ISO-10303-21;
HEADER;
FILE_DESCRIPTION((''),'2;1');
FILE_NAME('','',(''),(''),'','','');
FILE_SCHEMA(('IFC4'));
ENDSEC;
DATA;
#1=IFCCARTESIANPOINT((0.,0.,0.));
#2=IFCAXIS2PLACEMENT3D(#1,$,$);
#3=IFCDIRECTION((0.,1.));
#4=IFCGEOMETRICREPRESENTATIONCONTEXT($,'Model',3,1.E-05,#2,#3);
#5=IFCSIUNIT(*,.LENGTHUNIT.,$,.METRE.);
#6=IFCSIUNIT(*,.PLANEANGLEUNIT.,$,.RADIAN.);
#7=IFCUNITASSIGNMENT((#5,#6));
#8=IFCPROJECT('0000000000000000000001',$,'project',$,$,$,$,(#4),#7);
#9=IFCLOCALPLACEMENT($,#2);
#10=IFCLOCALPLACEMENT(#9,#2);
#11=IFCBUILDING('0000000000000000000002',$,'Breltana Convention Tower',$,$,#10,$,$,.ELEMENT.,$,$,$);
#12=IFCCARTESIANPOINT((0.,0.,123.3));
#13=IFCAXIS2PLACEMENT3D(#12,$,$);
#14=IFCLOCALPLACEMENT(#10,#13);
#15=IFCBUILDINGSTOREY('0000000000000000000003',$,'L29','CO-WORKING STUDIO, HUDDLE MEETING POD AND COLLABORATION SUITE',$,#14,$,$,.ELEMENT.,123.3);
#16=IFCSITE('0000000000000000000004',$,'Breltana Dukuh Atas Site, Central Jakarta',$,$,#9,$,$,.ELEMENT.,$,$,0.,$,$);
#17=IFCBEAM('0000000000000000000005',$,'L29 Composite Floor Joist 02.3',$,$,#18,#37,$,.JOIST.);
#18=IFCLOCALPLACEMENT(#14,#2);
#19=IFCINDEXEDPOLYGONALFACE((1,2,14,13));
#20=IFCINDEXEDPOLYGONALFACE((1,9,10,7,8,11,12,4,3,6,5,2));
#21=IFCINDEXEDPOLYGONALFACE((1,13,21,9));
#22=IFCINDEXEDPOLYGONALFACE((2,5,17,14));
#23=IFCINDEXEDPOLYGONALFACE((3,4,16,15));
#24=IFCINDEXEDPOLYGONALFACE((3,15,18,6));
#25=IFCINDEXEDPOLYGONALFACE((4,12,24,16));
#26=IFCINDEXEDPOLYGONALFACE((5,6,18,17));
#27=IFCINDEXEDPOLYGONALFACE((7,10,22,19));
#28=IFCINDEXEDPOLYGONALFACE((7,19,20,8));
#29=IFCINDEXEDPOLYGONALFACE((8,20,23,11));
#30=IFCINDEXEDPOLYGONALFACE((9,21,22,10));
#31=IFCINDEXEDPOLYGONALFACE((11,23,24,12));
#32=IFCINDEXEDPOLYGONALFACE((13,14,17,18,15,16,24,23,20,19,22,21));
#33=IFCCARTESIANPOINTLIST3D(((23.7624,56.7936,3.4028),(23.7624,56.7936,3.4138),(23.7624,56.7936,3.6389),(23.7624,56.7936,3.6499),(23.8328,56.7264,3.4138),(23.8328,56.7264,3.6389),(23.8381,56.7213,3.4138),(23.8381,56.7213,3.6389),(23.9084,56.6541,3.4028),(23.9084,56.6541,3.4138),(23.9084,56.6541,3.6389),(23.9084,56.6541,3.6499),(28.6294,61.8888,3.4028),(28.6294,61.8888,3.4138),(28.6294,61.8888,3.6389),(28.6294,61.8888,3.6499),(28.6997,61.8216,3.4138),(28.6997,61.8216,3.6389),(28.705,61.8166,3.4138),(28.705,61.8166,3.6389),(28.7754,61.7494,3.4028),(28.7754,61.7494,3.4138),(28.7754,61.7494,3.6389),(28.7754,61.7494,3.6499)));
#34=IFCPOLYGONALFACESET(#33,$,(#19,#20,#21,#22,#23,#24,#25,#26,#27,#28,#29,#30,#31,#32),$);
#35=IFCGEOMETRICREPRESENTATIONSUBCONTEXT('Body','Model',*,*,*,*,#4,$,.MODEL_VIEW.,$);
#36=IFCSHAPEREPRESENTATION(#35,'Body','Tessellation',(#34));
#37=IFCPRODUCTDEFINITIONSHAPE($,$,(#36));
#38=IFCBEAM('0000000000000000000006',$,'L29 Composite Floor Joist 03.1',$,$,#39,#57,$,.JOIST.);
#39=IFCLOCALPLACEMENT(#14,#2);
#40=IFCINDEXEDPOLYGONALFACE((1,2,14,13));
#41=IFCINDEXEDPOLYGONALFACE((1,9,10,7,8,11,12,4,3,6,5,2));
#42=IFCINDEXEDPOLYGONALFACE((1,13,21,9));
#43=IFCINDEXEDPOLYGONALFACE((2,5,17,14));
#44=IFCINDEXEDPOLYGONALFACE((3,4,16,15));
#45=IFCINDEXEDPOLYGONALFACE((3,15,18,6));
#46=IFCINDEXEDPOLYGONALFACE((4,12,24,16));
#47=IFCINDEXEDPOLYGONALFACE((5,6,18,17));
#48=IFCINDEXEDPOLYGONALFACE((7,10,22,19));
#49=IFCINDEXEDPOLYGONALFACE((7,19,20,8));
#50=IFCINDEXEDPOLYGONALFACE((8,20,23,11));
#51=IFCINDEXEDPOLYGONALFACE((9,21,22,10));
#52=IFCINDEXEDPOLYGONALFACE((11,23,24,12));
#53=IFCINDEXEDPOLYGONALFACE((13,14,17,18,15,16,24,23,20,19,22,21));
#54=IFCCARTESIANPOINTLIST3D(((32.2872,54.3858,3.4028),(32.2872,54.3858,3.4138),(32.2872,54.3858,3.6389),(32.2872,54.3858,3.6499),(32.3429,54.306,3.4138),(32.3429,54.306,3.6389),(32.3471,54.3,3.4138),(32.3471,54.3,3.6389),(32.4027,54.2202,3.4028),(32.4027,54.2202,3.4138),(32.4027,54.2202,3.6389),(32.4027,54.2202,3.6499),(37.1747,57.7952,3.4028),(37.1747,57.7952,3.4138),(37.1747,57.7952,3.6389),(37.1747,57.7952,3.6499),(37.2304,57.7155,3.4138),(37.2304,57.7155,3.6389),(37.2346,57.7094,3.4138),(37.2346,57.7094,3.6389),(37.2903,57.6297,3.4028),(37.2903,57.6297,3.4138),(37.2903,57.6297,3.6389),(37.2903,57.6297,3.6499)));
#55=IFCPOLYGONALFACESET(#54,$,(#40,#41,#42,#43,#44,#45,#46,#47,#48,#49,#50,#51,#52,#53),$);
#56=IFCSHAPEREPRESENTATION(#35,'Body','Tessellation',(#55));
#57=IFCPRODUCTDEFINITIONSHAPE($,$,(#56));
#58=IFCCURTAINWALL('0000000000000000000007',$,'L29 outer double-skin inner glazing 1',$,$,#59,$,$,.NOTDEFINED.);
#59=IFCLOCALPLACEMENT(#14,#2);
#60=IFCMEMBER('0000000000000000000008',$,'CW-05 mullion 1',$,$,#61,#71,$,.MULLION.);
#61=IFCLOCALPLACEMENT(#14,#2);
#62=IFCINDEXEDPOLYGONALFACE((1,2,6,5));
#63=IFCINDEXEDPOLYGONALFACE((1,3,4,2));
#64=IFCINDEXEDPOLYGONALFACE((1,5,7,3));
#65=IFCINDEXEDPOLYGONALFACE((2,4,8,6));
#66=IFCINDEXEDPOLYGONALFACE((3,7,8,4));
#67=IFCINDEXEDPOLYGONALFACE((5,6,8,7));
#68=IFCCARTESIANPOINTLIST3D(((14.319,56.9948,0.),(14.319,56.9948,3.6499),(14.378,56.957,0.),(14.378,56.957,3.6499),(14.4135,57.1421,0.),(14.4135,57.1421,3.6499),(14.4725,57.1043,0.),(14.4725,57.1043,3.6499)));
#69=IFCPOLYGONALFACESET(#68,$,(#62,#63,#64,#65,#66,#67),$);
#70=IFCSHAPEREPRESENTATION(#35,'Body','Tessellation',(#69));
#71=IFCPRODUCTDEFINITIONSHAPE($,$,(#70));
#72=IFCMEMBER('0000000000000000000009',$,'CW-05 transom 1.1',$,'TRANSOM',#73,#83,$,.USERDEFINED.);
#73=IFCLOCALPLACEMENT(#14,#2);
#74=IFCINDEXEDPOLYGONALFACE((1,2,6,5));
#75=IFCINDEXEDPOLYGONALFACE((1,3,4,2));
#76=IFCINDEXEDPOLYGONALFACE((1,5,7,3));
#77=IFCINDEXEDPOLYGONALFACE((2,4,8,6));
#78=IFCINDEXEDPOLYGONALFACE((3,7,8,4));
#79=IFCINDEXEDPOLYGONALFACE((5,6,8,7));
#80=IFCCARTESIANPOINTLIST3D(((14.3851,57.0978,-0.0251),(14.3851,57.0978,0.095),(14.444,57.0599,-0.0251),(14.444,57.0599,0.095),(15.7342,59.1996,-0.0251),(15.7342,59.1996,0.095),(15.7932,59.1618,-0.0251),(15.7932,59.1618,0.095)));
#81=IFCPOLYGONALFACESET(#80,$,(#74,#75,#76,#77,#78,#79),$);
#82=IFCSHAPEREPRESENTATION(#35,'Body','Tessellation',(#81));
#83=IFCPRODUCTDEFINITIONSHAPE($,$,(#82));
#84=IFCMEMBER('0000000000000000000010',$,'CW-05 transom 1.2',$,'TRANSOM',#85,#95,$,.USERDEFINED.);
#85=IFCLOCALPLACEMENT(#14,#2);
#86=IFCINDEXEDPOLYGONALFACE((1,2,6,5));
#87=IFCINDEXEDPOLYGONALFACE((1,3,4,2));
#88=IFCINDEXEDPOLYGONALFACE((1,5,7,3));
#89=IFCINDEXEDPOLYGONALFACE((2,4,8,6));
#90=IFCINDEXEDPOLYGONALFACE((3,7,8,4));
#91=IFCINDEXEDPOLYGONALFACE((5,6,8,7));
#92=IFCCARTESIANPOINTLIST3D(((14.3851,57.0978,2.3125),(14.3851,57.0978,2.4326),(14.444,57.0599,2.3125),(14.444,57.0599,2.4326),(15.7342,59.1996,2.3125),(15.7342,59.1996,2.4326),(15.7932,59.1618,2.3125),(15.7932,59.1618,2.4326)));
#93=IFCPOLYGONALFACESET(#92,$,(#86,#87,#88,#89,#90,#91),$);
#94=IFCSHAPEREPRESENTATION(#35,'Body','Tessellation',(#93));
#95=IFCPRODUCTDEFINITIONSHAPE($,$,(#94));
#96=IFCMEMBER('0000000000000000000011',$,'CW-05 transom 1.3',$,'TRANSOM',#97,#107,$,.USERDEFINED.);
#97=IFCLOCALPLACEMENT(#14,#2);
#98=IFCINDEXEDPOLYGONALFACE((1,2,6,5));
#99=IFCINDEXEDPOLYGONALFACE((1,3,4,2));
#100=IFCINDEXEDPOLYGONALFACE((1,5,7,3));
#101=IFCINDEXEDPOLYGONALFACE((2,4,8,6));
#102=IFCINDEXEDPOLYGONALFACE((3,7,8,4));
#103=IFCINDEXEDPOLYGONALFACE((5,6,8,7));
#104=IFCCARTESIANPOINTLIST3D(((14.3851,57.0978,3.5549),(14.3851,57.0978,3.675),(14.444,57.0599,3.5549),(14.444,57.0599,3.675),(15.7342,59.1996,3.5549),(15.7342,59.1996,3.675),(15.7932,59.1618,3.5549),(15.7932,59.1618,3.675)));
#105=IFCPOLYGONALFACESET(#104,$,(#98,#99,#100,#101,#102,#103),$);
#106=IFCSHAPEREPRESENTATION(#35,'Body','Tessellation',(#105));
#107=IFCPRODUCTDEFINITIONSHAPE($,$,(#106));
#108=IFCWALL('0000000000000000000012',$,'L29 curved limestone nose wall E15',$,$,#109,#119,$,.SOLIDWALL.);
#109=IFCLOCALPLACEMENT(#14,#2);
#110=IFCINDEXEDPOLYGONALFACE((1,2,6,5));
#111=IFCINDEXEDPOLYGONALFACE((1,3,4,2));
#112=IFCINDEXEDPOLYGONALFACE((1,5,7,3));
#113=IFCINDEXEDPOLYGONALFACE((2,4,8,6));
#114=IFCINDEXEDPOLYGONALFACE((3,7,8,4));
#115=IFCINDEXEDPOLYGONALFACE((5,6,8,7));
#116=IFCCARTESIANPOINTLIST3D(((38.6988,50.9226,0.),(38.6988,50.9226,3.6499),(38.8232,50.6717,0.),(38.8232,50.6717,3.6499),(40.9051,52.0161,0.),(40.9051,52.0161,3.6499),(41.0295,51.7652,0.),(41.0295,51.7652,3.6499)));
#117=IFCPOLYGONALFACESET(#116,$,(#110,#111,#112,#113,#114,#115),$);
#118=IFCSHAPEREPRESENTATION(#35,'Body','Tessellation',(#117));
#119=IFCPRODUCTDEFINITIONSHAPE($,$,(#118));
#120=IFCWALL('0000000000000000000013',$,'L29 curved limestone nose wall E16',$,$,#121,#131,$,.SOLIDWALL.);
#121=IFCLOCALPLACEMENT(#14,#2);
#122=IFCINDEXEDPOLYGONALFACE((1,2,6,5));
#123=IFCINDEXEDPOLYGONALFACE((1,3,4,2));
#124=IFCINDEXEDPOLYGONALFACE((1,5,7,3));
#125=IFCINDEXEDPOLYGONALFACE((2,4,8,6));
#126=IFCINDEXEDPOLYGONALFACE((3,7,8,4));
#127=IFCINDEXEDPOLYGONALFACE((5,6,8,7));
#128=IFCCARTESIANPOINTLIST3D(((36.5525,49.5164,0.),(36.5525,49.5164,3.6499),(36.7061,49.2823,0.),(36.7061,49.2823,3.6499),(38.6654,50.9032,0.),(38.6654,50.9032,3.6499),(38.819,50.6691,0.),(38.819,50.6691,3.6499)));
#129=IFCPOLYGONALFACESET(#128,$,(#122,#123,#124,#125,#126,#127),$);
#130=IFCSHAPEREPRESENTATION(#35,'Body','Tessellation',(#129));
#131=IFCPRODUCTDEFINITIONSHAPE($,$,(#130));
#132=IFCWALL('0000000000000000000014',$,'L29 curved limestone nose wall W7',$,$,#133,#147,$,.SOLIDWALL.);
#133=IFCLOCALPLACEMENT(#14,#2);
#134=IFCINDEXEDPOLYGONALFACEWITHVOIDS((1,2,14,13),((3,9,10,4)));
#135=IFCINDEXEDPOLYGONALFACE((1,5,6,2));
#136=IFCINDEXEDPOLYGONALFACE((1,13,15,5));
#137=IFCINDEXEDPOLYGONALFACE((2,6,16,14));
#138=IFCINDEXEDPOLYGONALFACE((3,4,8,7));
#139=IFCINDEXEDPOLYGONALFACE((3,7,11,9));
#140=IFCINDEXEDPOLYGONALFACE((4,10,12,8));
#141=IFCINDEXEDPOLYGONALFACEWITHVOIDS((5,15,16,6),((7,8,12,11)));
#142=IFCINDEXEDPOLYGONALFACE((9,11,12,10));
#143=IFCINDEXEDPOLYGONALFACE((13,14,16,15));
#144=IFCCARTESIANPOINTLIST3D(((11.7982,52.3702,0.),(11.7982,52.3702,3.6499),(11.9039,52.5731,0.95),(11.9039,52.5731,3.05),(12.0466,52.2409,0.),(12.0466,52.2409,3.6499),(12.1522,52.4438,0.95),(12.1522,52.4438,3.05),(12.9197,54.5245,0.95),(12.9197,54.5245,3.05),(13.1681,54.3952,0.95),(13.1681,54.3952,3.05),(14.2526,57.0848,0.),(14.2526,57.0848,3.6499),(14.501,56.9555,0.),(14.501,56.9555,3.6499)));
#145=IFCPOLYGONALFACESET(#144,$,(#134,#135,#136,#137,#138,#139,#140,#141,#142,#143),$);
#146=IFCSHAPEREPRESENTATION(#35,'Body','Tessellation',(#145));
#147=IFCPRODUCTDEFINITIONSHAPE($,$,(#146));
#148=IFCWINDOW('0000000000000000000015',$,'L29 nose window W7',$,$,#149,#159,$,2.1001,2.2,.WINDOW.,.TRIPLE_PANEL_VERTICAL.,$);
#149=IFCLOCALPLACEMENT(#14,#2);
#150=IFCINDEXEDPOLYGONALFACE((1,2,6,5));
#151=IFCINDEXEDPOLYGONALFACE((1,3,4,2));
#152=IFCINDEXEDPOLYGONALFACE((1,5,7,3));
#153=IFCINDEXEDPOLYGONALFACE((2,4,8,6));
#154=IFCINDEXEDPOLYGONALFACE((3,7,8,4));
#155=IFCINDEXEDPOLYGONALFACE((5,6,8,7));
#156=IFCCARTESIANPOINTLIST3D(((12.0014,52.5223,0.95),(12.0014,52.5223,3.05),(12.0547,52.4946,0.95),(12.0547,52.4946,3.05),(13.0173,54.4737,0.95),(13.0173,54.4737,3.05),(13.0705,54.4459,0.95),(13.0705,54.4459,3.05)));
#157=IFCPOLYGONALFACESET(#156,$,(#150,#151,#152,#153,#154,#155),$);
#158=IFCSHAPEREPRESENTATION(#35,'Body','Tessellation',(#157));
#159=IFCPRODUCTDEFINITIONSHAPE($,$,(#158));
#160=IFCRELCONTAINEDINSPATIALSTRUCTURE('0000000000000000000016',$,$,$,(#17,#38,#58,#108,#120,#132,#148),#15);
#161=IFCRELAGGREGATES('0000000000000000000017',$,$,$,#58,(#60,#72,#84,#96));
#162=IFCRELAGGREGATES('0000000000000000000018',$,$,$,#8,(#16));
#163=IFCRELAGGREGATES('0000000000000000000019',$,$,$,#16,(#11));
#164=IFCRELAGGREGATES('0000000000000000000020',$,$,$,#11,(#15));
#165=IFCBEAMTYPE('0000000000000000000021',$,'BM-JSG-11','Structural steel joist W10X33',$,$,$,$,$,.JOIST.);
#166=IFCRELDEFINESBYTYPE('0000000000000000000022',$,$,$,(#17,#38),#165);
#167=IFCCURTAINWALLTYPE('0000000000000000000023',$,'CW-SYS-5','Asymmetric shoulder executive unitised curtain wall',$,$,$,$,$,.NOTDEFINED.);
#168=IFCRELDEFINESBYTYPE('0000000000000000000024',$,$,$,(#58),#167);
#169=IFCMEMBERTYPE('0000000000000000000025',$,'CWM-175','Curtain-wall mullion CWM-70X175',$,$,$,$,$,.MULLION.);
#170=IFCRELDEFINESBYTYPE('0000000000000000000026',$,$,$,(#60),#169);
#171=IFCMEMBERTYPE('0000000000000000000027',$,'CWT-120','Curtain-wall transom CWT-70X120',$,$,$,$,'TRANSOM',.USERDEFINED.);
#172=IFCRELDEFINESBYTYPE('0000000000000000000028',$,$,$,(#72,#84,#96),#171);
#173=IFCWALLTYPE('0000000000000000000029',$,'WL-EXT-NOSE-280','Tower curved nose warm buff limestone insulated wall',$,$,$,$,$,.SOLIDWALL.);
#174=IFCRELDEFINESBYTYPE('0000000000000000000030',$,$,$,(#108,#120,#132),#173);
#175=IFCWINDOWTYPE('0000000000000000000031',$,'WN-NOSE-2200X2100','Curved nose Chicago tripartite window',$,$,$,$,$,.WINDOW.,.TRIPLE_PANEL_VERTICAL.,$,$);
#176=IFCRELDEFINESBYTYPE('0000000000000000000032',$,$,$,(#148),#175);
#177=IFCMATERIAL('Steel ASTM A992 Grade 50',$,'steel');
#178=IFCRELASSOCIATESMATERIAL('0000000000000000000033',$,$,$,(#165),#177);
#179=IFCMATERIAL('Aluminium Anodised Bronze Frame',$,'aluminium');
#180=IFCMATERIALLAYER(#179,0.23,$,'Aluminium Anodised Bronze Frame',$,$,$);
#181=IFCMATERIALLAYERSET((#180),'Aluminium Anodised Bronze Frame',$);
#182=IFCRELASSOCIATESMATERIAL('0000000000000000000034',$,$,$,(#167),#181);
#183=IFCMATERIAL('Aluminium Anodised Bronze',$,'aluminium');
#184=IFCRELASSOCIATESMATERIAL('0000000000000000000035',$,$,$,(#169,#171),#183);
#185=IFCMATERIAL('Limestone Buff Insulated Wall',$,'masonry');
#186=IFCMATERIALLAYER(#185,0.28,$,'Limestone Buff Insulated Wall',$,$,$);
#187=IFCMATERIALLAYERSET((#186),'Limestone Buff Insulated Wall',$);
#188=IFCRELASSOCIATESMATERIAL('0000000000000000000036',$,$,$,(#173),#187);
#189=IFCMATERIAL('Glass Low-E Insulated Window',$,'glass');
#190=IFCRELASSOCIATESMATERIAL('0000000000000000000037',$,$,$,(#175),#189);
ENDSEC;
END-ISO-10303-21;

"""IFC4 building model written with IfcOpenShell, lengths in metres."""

from ifc_helpers import new_model, si_unit, direction, frame, frame_2d, origin, origin_2d, place, context, subcontext, project, spatial, rectangle, i_section, extrude, source, transform, mapped, material, layer, layer_set, material_profile, profile_set, type_object, type_shapes, element, fill, aggregate, save


model = new_model("IFC4")

# Units and contexts
model_context = context("Model", 3, precision=1e-05, world=origin(), true_north=direction((0.0, 1.0)))
body_context = subcontext(model_context, "Body", "Model", "MODEL_VIEW")
ifc_project = project(units=[si_unit("LENGTHUNIT", "METRE"), si_unit("PLANEANGLEUNIT", "RADIAN")], contexts=[model_context])

# Site, building, storey
site_placement = place(None, origin())
site = spatial("IfcSite", under=ifc_project, at=site_placement, Name="Breltana Dukuh Atas Site, Central Jakarta", CompositionType="ELEMENT", RefElevation=0.0)
building_placement = place(site_placement, origin())
building = spatial("IfcBuilding", under=site, at=building_placement, Name="Breltana Convention Tower", CompositionType="ELEMENT")
storey_placement = place(building_placement, frame((0.0, 0.0, 123.3)))
storey = spatial("IfcBuildingStorey", under=building, at=storey_placement, Name="L29", Description="CO-WORKING STUDIO, HUDDLE MEETING POD AND COLLABORATION SUITE", CompositionType="ELEMENT", Elevation=123.3)

# Beams
ifc_material_1 = material(Name="Steel ASTM A992 Grade 50", Category="steel")
ifc_material_profile_1 = material_profile(ifc_material_1, i_section(OverallWidth=0.2019, OverallDepth=0.2471, WebThickness=0.0073, FlangeThickness=0.011, at=origin_2d()), Name="W10X33")
ifc_profile_set_1 = profile_set([ifc_material_profile_1], Name="Steel ASTM A992 Grade 50")
beam_type_1 = type_object("IfcBeamType", Name="BM-JSG-11", Description="Structural steel joist W10X33", PredefinedType="JOIST", material=ifc_profile_set_1)
shared_shape_1 = source(origin(), body_context, "Body", "SweptSolid", [
    extrude(i_section(OverallWidth=0.2019, OverallDepth=0.2471, WebThickness=0.0073, FlangeThickness=0.011, at=origin_2d()), origin(), (0.0, 0.0, 1.0), 7.0461),
])
beam_1_placement = place(storey_placement, frame((23.8354, 56.7239, 3.5264), z_axis=(0.690723, 0.72312, 0.0), x_axis=(-0.72312, 0.690723, 0.0)))
element("IfcBeam", 1, at=beam_1_placement, inside=storey, type_object=beam_type_1, Name="L29 Composite Floor Joist 02.3", PredefinedType="JOIST", context=body_context, shape_type="MappedRepresentation", body=[
    mapped(shared_shape_1, transform((0.0, 0.0, 0.0), scale=1.0)),
])
shared_shape_2 = source(origin(), body_context, "Body", "SweptSolid", [
    extrude(i_section(OverallWidth=0.2019, OverallDepth=0.2471, WebThickness=0.0073, FlangeThickness=0.011, at=origin_2d()), origin(), (0.0, 0.0, 1.0), 5.9592),
])
beam_2_placement = place(storey_placement, frame((32.345, 54.303, 3.5264), z_axis=(0.82016, 0.572134, 0.0), x_axis=(-0.572134, 0.82016, 0.0)))
element("IfcBeam", 2, at=beam_2_placement, inside=storey, type_object=beam_type_1, Name="L29 Composite Floor Joist 03.1", PredefinedType="JOIST", context=body_context, shape_type="MappedRepresentation", body=[
    mapped(shared_shape_2, transform((0.0, 0.0, 0.0), scale=1.0)),
])

# Curtain wall, members
ifc_material_2 = material(Name="Aluminium Anodised Bronze Frame", Category="aluminium")
ifc_layer_1 = layer(ifc_material_2, 0.23, Name="Aluminium Anodised Bronze Frame")
ifc_layer_set_1 = layer_set([ifc_layer_1], Name="Aluminium Anodised Bronze Frame")
curtain_wall_type = type_object("IfcCurtainWallType", Name="CW-SYS-5", Description="Asymmetric shoulder executive unitised curtain wall", PredefinedType="NOTDEFINED", material=ifc_layer_set_1)
curtain_wall_placement = place(storey_placement, origin())
curtain_wall = element("IfcCurtainWall", 3, at=curtain_wall_placement, inside=storey, type_object=curtain_wall_type, Name="L29 outer double-skin inner glazing 1", PredefinedType="NOTDEFINED")
ifc_material_3 = material(Name="Aluminium Anodised Bronze", Category="aluminium")
ifc_material_profile_2 = material_profile(ifc_material_3, rectangle(XDim=0.0701, YDim=0.175, at=origin_2d()), Name="CWM-70X175")
ifc_profile_set_2 = profile_set([ifc_material_profile_2], Name="Aluminium Anodised Bronze")
member_type_1 = type_object("IfcMemberType", Name="CWM-175", Description="Curtain-wall mullion CWM-70X175", PredefinedType="MULLION", material=ifc_profile_set_2)
shared_shape_3 = source(origin(), body_context, "Body", "SweptSolid", [
    extrude(rectangle(XDim=0.0701, YDim=0.175, at=origin_2d()), origin(), (0.0, 0.0, 1.0), 3.6499),
])
member_1_placement = place(storey_placement, frame((14.3958, 57.0496, 0.0), z_axis=(0.0, 0.0, 1.0), x_axis=(-0.841552, 0.540177, 0.0)))
member_1 = element("IfcMember", 4, at=member_1_placement, type_object=member_type_1, Name="CW-05 mullion 1", PredefinedType="MULLION", context=body_context, shape_type="MappedRepresentation", body=[
    mapped(shared_shape_3, transform((0.0, 0.0, 0.0), scale=1.0)),
])
ifc_material_profile_3 = material_profile(ifc_material_3, rectangle(XDim=0.0701, YDim=0.1201, at=origin_2d()), Name="CWT-70X120")
ifc_profile_set_3 = profile_set([ifc_material_profile_3], Name="Aluminium Anodised Bronze")
member_type_2 = type_object("IfcMemberType", Name="CWT-120", Description="Curtain-wall transom CWT-70X120", ElementType="TRANSOM", PredefinedType="USERDEFINED", material=ifc_profile_set_3)
shared_shape_4 = source(origin(), body_context, "Body", "SweptSolid", [
    extrude(rectangle(XDim=0.0701, YDim=0.1201, at=origin_2d()), origin(), (0.0, 0.0, 1.0), 2.4976),
])
member_2_placement = place(storey_placement, frame((14.4146, 57.0789, 0.0349), z_axis=(0.540179, 0.84155, 0.0), x_axis=(-0.84155, 0.540179, 0.0)))
member_2 = element("IfcMember", 5, at=member_2_placement, type_object=member_type_2, Name="CW-05 transom 1.1", ObjectType="TRANSOM", PredefinedType="USERDEFINED", context=body_context, shape_type="MappedRepresentation", body=[
    mapped(shared_shape_4, transform((0.0, 0.0, 0.0), scale=1.0)),
])
member_3_placement = place(storey_placement, frame((14.4146, 57.0789, 2.3726), z_axis=(0.540179, 0.84155, 0.0), x_axis=(-0.84155, 0.540179, 0.0)))
member_3 = element("IfcMember", 6, at=member_3_placement, type_object=member_type_2, Name="CW-05 transom 1.2", ObjectType="TRANSOM", PredefinedType="USERDEFINED", context=body_context, shape_type="MappedRepresentation", body=[
    mapped(shared_shape_4, transform((0.0, 0.0, 0.0), scale=1.0)),
])
member_4_placement = place(storey_placement, frame((14.4146, 57.0789, 3.615), z_axis=(0.540179, 0.84155, 0.0), x_axis=(-0.84155, 0.540179, 0.0)))
member_4 = element("IfcMember", 7, at=member_4_placement, type_object=member_type_2, Name="CW-05 transom 1.3", ObjectType="TRANSOM", PredefinedType="USERDEFINED", context=body_context, shape_type="MappedRepresentation", body=[
    mapped(shared_shape_4, transform((0.0, 0.0, 0.0), scale=1.0)),
])
aggregate(curtain_wall, [member_1, member_2, member_3, member_4])

# Walls
ifc_material_4 = material(Name="Limestone Buff Insulated Wall", Category="masonry")
ifc_layer_2 = layer(ifc_material_4, 0.28, Name="Limestone Buff Insulated Wall")
ifc_layer_set_2 = layer_set([ifc_layer_2], Name="Limestone Buff Insulated Wall")
wall_type_1 = type_object("IfcWallType", Name="WL-EXT-NOSE-280", Description="Tower curved nose warm buff limestone insulated wall", PredefinedType="SOLIDWALL", material=ifc_layer_set_2)
shared_shape_5 = source(origin(), body_context, "Body", "SweptSolid", [
    extrude(rectangle(XDim=2.4624, YDim=0.28, at=frame_2d((1.2312, 0.0))), origin(), (0.0, 0.0, 1.0), 3.6499),
])
wall_1_placement = place(storey_placement, frame((40.9673, 51.8906, 0.0), z_axis=(0.0, 0.0, 1.0), x_axis=(-0.895988, -0.444078, 0.0)))
element("IfcWall", 8, at=wall_1_placement, inside=storey, type_object=wall_type_1, Name="L29 curved limestone nose wall E15", PredefinedType="SOLIDWALL", context=body_context, shape_type="MappedRepresentation", body=[
    mapped(shared_shape_5, transform((0.0, 0.0, 0.0), scale=1.0)),
])
shared_shape_6 = source(origin(), body_context, "Body", "SweptSolid", [
    extrude(rectangle(XDim=2.5273, YDim=0.28, at=frame_2d((1.2637, 0.0))), origin(), (0.0, 0.0, 1.0), 3.6499),
])
wall_2_placement = place(storey_placement, frame((38.7422, 50.7861, 0.0), z_axis=(0.0, 0.0, 1.0), x_axis=(-0.836012, -0.548711, 0.0)))
element("IfcWall", 9, at=wall_2_placement, inside=storey, type_object=wall_type_1, Name="L29 curved limestone nose wall E16", PredefinedType="SOLIDWALL", context=body_context, shape_type="MappedRepresentation", body=[
    mapped(shared_shape_6, transform((0.0, 0.0, 0.0), scale=1.0)),
])

# Wall, opening, window
shared_shape_7 = source(origin(), body_context, "Body", "SweptSolid", [
    extrude(rectangle(XDim=5.3152, YDim=0.28, at=frame_2d((2.6577, 0.0))), origin(), (0.0, 0.0, 1.0), 3.6499),
])
wall_3_placement = place(storey_placement, frame((11.9224, 52.3054, 0.0), z_axis=(0.0, 0.0, 1.0), x_axis=(0.461761, 0.887005, 0.0)))
wall_3 = element("IfcWall", 10, at=wall_3_placement, inside=storey, type_object=wall_type_1, Name="L29 curved limestone nose wall W7", PredefinedType="SOLIDWALL", context=body_context, shape_type="MappedRepresentation", body=[
    mapped(shared_shape_7, transform((0.0, 0.0, 0.0), scale=1.0)),
])
opening_1_placement = place(wall_3_placement, frame((0.2288, 0.0, 0.95)))
opening_1 = element("IfcOpeningElement", 11, at=opening_1_placement, cuts=wall_3, PredefinedType="OPENING", context=body_context, shape_type="SweptSolid", body=[
    extrude(rectangle(XDim=2.2, YDim=2.1001, at=frame_2d((1.1001, 1.05))), frame((0.0, 0.1499, 0.0), z_axis=(0.0, -1.0, 0.0), x_axis=(1.0, 0.0, 0.0)), (0.0, 0.0, 1.0), 0.3),
])
ifc_material_5 = material(Name="Glass Low-E Insulated Window", Category="glass")
window_type = type_object("IfcWindowType", Name="WN-NOSE-2200X2100", Description="Curved nose Chicago tripartite window", PartitioningType="TRIPLE_PANEL_VERTICAL", PredefinedType="WINDOW", material=ifc_material_5)
shared_shape_8 = source(origin(), body_context, "Body", "SweptSolid", [
    extrude(rectangle(XDim=2.2, YDim=2.1001, at=frame_2d((1.1001, 1.05))), frame((0.0, 0.03, 0.0), z_axis=(0.0, -1.0, 0.0), x_axis=(1.0, 0.0, 0.0)), (0.0, 0.0, 1.0), 0.0601),
])
type_shapes(window_type, [shared_shape_8])
window_placement = place(opening_1_placement, origin())
window = element("IfcWindow", 12, at=window_placement, inside=storey, type_object=window_type, Name="L29 nose window W7", OverallHeight=2.1001, OverallWidth=2.2, PartitioningType="TRIPLE_PANEL_VERTICAL", PredefinedType="WINDOW", context=body_context, shape_type="MappedRepresentation", body=[
    mapped(shared_shape_8, transform((0.0, 0.0, 0.0), scale=1.0)),
])
fill(opening_1, window)

save(model, "model.ifc")
